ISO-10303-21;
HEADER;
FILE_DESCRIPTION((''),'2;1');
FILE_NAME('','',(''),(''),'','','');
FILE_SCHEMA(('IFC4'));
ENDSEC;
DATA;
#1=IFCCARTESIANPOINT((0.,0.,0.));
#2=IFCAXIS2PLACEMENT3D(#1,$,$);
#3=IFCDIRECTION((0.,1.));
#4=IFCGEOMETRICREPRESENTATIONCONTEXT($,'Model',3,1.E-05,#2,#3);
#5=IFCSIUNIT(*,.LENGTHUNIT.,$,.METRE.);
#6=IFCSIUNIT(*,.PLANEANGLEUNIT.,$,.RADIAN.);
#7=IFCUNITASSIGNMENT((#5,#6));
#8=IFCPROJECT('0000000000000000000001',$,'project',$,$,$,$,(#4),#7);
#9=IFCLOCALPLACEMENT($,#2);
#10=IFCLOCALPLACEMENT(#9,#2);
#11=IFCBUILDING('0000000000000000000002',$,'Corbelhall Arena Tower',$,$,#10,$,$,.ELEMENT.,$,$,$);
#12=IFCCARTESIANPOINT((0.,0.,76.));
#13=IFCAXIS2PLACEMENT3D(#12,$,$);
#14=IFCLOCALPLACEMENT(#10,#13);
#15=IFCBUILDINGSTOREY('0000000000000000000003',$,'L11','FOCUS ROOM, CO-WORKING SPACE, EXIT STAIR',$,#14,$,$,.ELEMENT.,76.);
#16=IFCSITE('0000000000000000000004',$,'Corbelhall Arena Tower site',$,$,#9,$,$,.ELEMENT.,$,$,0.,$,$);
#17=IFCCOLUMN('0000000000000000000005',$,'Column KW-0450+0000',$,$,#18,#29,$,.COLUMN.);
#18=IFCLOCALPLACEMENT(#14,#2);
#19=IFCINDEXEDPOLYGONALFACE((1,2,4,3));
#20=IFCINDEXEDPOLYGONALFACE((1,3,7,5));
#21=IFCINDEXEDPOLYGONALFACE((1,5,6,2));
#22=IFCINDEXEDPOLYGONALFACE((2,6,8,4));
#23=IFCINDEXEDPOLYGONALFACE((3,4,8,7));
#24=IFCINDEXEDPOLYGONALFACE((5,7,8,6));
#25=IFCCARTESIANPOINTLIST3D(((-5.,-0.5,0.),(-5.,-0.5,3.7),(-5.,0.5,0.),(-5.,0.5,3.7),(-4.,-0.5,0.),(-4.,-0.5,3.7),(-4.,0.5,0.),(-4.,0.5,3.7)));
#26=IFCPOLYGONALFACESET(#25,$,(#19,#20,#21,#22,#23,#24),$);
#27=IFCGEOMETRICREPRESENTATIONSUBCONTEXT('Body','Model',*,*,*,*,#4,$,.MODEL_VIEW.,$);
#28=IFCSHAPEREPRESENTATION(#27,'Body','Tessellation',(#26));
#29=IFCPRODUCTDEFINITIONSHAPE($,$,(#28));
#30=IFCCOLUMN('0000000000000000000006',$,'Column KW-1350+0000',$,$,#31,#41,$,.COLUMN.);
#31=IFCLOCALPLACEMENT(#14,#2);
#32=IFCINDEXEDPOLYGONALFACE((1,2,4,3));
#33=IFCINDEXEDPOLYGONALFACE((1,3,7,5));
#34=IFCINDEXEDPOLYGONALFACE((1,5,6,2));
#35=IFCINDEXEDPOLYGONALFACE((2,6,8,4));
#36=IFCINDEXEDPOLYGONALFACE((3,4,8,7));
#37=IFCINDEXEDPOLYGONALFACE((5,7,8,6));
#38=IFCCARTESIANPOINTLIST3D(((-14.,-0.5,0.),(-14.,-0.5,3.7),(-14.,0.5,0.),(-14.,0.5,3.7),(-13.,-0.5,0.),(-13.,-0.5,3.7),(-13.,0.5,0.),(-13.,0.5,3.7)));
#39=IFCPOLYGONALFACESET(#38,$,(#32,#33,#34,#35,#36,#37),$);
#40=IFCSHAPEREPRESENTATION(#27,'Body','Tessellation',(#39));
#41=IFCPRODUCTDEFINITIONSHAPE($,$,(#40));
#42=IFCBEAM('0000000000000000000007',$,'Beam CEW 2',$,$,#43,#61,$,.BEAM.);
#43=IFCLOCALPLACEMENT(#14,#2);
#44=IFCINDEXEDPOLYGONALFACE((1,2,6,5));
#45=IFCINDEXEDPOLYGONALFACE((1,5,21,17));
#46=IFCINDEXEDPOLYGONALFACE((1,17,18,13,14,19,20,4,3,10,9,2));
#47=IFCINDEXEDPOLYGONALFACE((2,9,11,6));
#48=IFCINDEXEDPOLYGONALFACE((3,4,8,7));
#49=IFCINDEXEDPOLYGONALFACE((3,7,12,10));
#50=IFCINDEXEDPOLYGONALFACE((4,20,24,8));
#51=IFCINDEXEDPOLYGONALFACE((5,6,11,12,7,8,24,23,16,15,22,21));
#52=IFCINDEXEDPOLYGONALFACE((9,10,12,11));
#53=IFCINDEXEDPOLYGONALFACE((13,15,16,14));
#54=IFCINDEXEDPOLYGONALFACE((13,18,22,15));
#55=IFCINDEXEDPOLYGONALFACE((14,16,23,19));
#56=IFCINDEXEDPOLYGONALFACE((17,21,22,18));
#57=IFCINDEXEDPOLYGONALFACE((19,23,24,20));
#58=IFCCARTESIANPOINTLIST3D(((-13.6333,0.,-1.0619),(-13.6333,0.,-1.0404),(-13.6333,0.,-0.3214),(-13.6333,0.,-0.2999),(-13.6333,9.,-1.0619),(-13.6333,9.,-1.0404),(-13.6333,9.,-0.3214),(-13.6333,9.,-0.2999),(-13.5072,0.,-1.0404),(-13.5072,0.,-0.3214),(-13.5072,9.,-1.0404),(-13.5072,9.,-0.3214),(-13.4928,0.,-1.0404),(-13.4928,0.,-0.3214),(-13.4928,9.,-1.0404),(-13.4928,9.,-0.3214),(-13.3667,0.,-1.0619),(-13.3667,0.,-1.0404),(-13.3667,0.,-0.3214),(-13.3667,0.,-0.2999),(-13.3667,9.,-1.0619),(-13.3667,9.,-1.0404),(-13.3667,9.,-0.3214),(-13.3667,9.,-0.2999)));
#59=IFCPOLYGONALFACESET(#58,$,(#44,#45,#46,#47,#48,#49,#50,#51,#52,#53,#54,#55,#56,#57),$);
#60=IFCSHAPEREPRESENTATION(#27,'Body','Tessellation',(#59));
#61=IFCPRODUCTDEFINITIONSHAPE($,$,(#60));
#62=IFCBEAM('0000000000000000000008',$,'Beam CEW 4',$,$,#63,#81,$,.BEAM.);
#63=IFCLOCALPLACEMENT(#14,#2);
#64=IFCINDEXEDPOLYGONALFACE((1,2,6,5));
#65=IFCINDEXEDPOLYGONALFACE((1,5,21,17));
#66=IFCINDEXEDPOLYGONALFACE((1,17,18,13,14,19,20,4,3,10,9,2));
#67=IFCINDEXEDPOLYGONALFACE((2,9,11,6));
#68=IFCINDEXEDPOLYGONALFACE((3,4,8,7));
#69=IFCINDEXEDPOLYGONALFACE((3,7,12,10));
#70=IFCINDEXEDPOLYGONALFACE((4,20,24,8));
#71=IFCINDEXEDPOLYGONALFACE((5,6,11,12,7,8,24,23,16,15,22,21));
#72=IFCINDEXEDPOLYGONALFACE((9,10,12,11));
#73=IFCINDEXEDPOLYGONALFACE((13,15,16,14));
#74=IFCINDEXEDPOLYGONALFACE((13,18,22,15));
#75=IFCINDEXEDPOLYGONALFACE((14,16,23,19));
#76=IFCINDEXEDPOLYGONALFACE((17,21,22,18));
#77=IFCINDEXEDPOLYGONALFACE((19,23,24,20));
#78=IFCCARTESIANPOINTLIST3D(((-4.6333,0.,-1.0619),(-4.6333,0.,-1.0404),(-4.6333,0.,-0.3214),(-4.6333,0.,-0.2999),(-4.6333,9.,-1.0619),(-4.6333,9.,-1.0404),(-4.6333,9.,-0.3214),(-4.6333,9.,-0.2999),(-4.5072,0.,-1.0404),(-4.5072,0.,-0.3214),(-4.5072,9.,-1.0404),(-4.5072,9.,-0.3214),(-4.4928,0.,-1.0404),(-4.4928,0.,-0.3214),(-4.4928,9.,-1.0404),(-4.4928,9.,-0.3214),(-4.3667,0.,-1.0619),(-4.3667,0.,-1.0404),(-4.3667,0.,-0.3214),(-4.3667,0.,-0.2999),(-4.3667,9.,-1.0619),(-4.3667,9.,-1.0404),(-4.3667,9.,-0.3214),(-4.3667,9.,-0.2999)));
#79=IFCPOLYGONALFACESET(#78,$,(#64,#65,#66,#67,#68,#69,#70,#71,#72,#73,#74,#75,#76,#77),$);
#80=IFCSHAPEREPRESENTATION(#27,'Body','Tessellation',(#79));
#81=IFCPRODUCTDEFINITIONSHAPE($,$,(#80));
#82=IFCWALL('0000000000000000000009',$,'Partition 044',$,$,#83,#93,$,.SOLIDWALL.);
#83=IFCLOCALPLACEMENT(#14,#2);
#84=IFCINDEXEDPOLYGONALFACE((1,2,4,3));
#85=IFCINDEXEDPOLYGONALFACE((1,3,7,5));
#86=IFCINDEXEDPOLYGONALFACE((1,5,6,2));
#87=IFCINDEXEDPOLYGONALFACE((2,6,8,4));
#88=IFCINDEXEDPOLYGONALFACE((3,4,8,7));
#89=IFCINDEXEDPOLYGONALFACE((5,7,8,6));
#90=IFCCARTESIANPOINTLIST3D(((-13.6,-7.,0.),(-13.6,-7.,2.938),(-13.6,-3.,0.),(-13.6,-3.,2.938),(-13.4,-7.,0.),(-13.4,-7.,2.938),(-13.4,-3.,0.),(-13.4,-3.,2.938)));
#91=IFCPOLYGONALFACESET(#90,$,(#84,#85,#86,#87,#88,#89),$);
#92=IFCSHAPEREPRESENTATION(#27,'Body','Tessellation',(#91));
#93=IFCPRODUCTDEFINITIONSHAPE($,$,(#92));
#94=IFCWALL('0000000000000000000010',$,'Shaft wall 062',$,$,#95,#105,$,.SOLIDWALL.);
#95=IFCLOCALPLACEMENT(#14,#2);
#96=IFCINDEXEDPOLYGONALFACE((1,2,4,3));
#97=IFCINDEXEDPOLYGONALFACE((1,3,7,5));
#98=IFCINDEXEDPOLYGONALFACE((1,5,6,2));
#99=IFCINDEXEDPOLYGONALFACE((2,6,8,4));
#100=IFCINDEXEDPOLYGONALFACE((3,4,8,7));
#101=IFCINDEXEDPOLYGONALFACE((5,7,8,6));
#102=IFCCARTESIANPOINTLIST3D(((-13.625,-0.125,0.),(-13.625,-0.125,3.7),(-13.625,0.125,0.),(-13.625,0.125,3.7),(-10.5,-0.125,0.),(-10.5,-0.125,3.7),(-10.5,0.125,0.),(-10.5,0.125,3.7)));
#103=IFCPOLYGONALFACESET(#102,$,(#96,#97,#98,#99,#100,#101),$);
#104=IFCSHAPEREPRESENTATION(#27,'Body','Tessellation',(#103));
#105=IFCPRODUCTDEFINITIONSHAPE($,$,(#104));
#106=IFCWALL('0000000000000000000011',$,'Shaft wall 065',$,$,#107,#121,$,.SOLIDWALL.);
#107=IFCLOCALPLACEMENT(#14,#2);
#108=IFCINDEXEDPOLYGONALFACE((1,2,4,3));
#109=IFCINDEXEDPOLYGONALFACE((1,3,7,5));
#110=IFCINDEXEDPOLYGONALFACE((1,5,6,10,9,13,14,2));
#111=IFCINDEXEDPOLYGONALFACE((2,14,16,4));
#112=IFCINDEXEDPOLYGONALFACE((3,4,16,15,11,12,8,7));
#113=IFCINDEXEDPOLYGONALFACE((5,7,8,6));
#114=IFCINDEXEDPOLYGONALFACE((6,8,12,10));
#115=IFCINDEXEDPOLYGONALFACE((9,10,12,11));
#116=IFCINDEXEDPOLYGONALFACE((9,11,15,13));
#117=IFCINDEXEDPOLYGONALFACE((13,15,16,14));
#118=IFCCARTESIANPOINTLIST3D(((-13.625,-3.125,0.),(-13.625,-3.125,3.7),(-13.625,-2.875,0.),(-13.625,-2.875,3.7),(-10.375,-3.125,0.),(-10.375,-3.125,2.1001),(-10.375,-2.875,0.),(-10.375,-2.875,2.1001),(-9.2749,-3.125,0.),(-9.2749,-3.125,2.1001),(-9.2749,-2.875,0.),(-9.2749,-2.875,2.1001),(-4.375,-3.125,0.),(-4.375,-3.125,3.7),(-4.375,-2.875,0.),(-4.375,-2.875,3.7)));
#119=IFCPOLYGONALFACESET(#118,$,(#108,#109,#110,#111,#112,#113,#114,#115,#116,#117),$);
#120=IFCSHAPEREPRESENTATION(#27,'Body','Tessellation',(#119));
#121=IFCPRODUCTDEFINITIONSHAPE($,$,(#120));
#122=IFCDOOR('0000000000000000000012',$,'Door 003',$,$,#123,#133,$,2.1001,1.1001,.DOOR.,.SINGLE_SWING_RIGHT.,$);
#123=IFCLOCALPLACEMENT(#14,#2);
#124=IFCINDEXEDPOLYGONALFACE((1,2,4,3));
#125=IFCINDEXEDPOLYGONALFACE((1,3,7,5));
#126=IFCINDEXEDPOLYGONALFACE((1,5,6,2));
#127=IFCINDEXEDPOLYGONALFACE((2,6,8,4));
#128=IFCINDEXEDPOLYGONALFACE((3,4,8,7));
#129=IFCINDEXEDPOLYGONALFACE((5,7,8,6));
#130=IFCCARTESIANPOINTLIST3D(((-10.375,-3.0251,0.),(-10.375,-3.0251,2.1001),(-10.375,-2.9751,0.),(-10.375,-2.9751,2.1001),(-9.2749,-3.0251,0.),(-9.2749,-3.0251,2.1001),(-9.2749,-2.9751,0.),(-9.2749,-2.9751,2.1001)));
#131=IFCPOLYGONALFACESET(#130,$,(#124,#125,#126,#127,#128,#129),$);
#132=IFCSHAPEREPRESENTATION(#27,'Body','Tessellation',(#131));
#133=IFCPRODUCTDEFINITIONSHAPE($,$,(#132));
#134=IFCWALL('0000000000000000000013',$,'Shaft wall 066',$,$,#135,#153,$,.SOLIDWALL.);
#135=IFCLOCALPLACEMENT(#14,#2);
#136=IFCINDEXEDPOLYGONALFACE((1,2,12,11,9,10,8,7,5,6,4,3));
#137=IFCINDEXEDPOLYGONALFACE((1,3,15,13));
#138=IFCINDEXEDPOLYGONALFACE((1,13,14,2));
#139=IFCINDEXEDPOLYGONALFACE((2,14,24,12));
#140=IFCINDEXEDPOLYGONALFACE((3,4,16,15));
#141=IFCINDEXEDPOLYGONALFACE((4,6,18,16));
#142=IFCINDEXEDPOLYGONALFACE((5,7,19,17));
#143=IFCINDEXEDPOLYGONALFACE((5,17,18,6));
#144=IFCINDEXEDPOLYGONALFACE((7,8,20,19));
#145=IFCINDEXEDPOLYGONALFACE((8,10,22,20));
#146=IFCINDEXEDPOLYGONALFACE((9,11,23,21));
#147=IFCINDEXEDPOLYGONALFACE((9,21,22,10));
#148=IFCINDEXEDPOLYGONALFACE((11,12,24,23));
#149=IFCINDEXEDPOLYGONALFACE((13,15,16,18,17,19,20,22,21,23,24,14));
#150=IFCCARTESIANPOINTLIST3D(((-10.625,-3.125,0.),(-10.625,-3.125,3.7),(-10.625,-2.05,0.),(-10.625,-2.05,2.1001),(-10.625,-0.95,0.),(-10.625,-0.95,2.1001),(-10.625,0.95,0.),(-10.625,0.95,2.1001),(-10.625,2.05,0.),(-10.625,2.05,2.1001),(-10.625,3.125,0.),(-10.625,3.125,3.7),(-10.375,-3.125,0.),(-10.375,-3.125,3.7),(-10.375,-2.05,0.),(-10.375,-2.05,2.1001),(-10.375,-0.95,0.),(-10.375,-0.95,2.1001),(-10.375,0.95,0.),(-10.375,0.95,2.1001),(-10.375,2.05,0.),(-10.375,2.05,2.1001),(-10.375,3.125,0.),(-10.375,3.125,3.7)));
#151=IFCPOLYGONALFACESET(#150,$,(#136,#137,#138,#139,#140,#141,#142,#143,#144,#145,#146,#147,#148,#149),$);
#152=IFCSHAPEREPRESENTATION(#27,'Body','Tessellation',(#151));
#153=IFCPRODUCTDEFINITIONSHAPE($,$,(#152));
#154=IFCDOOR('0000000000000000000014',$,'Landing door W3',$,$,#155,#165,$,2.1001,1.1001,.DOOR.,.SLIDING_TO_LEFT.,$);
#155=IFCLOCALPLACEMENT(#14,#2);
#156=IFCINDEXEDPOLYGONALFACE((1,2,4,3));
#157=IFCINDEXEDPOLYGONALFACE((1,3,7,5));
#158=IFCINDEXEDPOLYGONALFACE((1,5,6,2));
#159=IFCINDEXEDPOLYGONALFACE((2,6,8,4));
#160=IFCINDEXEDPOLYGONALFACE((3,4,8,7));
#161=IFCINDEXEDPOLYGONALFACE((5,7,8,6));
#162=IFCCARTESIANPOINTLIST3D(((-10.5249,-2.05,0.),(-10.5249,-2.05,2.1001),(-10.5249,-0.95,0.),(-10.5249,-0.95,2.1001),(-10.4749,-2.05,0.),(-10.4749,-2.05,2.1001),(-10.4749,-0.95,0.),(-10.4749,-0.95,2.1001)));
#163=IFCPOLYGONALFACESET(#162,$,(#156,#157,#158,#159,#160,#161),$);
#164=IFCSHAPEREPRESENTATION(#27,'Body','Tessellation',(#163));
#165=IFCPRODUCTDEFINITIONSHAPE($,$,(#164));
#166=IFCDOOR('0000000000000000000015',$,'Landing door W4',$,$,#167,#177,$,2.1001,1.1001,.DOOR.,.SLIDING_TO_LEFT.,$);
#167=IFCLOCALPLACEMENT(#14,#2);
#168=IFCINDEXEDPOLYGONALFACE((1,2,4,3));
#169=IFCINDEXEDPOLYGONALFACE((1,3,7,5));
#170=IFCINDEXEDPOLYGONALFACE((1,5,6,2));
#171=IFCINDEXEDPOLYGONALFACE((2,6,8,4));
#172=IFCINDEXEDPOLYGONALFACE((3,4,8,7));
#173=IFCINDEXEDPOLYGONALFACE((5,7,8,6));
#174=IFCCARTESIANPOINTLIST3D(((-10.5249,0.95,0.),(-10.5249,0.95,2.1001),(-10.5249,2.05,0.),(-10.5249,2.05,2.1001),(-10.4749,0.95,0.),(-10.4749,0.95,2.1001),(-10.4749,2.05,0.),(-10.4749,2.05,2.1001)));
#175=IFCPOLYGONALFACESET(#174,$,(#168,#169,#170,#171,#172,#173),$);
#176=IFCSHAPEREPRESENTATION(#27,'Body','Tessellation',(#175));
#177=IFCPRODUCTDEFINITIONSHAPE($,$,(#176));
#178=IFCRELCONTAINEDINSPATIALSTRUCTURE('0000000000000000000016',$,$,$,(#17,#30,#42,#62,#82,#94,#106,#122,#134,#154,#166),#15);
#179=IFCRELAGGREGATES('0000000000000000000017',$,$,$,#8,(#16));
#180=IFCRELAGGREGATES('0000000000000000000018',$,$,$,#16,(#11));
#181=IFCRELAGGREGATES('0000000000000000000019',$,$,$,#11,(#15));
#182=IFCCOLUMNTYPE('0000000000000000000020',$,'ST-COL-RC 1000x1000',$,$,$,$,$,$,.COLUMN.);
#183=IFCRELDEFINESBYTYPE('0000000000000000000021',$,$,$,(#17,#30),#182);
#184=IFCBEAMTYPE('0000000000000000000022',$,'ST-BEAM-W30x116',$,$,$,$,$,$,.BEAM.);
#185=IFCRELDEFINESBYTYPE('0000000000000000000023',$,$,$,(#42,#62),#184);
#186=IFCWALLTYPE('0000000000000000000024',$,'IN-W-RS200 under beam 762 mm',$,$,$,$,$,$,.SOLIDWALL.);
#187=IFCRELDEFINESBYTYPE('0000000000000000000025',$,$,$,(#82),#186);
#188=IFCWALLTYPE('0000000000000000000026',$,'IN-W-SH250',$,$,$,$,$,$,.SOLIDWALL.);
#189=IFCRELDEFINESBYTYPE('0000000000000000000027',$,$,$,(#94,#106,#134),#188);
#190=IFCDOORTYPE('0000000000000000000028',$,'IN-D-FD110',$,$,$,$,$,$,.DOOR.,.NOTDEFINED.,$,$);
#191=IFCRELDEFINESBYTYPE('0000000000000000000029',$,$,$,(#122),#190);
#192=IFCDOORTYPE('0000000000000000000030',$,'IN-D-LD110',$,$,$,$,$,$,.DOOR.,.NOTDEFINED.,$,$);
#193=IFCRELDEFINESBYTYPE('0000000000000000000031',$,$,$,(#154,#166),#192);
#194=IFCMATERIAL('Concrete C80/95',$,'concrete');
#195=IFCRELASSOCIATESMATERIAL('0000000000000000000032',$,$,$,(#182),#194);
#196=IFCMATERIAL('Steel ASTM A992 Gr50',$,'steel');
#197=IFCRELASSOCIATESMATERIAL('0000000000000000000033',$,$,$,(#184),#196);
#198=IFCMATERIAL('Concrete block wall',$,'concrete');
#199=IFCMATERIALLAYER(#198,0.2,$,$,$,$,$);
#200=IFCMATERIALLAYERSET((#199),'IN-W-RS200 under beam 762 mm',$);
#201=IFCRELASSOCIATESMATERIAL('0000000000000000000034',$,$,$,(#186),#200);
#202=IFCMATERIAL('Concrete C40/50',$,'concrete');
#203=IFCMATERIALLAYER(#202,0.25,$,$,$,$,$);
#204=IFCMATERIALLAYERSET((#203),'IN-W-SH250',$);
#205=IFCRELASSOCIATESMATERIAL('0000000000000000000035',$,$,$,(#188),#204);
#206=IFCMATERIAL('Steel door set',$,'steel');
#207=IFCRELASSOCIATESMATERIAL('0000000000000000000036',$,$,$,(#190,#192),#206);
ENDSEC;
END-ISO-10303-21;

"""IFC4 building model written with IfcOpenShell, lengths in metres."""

from ifc_helpers import new_model, si_unit, direction, frame, frame_2d, origin, origin_2d, place, context, subcontext, project, spatial, rectangle, i_section, extrude, material, layer, layer_set, material_profile, profile_set, type_object, element, fill, save


model = new_model("IFC4")

# Units and contexts
model_context = context("Model", 3, precision=1e-05, world=origin(), true_north=direction((0.0, 1.0)))
body_context = subcontext(model_context, "Body", "Model", "MODEL_VIEW")
ifc_project = project(units=[si_unit("LENGTHUNIT", "METRE"), si_unit("PLANEANGLEUNIT", "RADIAN")], contexts=[model_context])

# Site, building, storey
site_placement = place(None, origin())
site = spatial("IfcSite", under=ifc_project, at=site_placement, Name="Corbelhall Arena Tower site", CompositionType="ELEMENT", RefElevation=0.0)
building_placement = place(site_placement, origin())
building = spatial("IfcBuilding", under=site, at=building_placement, Name="Corbelhall Arena Tower", CompositionType="ELEMENT")
storey_placement = place(building_placement, frame((0.0, 0.0, 76.0)))
storey = spatial("IfcBuildingStorey", under=building, at=storey_placement, Name="L11", Description="FOCUS ROOM, CO-WORKING SPACE, EXIT STAIR", CompositionType="ELEMENT", Elevation=76.0)

# Columns
ifc_material_1 = material(Name="Concrete C80/95", Category="concrete")
ifc_material_profile_1 = material_profile(ifc_material_1, rectangle(XDim=1.0, YDim=1.0, at=origin_2d()))
ifc_profile_set_1 = profile_set([ifc_material_profile_1], Name="Concrete C80/95")
column_type = type_object("IfcColumnType", Name="ST-COL-RC 1000x1000", PredefinedType="COLUMN", material=ifc_profile_set_1)
for number, where, z_axis, x_axis, name in (
    (1, (-4.5, 0.0, 0.0), (0.0, 0.0, 1.0), (1.0, 0.0, 0.0), "Column KW-0450+0000"),
    (2, (-13.5, 0.0, 0.0), (0.0, 0.0, 1.0), (1.0, 0.0, 0.0), "Column KW-1350+0000"),
):
    element("IfcColumn", number, at=place(storey_placement, frame(where, z_axis=z_axis, x_axis=x_axis)), inside=storey, type_object=column_type, Name=name, PredefinedType="COLUMN", context=body_context, shape_type="SweptSolid", body=[
        extrude(rectangle(XDim=1.0, YDim=1.0, at=origin_2d()), origin(), (0.0, 0.0, 1.0), 3.7),
    ])

# Beams
ifc_material_2 = material(Name="Steel ASTM A992 Gr50", Category="steel")
ifc_material_profile_2 = material_profile(ifc_material_2, i_section(OverallWidth=0.2666, OverallDepth=0.762, WebThickness=0.0144, FlangeThickness=0.0215, at=origin_2d()))
ifc_profile_set_2 = profile_set([ifc_material_profile_2], Name="Steel ASTM A992 Gr50")
beam_type = type_object("IfcBeamType", Name="ST-BEAM-W30x116", PredefinedType="BEAM", material=ifc_profile_set_2)
for number, where, z_axis, x_axis, name in (
    (3, (-13.5, 0.0, -0.6809), (0.0, 1.0, 0.0), (-1.0, 0.0, 0.0), "Beam CEW 2"),
    (4, (-4.5, 0.0, -0.6809), (0.0, 1.0, 0.0), (-1.0, 0.0, 0.0), "Beam CEW 4"),
):
    element("IfcBeam", number, at=place(storey_placement, frame(where, z_axis=z_axis, x_axis=x_axis)), inside=storey, type_object=beam_type, Name=name, PredefinedType="BEAM", context=body_context, shape_type="SweptSolid", body=[
        extrude(i_section(OverallWidth=0.2666, OverallDepth=0.762, WebThickness=0.0144, FlangeThickness=0.0215, at=origin_2d()), origin(), (0.0, 0.0, 1.0), 9.0),
    ])

# Walls
ifc_material_3 = material(Name="Concrete block wall", Category="concrete")
ifc_layer_1 = layer(ifc_material_3, 0.2)
ifc_layer_set_1 = layer_set([ifc_layer_1], Name="IN-W-RS200 under beam 762 mm")
wall_type_1 = type_object("IfcWallType", Name="IN-W-RS200 under beam 762 mm", PredefinedType="SOLIDWALL", material=ifc_layer_set_1)
wall_1_placement = place(storey_placement, frame((-13.5, -7.0, 0.0), z_axis=(0.0, 0.0, 1.0), x_axis=(0.0, 1.0, 0.0)))
element("IfcWall", 5, at=wall_1_placement, inside=storey, type_object=wall_type_1, Name="Partition 044", PredefinedType="SOLIDWALL", context=body_context, shape_type="SweptSolid", body=[
    extrude(rectangle(XDim=4.0, YDim=0.2, at=frame_2d((2.0, 0.0))), origin(), (0.0, 0.0, 1.0), 2.938),
])
ifc_material_4 = material(Name="Concrete C40/50", Category="concrete")
ifc_layer_2 = layer(ifc_material_4, 0.25)
ifc_layer_set_2 = layer_set([ifc_layer_2], Name="IN-W-SH250")
wall_type_2 = type_object("IfcWallType", Name="IN-W-SH250", PredefinedType="SOLIDWALL", material=ifc_layer_set_2)
wall_2_placement = place(storey_placement, frame((-13.625, 0.0, 0.0), z_axis=(0.0, 0.0, 1.0), x_axis=(1.0, 0.0, 0.0)))
element("IfcWall", 6, at=wall_2_placement, inside=storey, type_object=wall_type_2, Name="Shaft wall 062", PredefinedType="SOLIDWALL", context=body_context, shape_type="SweptSolid", body=[
    extrude(rectangle(XDim=3.125, YDim=0.25, at=frame_2d((1.5625, 0.0))), origin(), (0.0, 0.0, 1.0), 3.7),
])

# Wall, opening, door
wall_3_placement = place(storey_placement, frame((-13.625, -3.0, 0.0), z_axis=(0.0, 0.0, 1.0), x_axis=(1.0, 0.0, 0.0)))
wall_3 = element("IfcWall", 7, at=wall_3_placement, inside=storey, type_object=wall_type_2, Name="Shaft wall 065", PredefinedType="SOLIDWALL", context=body_context, shape_type="SweptSolid", body=[
    extrude(rectangle(XDim=9.25, YDim=0.25, at=frame_2d((4.625, 0.0))), origin(), (0.0, 0.0, 1.0), 3.7),
])
opening_1_placement = place(wall_3_placement, frame((3.25, 0.0, 0.0)))
opening_1 = element("IfcOpeningElement", 8, at=opening_1_placement, cuts=wall_3, PredefinedType="OPENING", context=body_context, shape_type="SweptSolid", body=[
    extrude(rectangle(XDim=1.1001, YDim=2.1001, at=frame_2d((0.55, 1.05))), frame((0.0, 0.125, 0.0), z_axis=(0.0, -1.0, 0.0), x_axis=(1.0, 0.0, 0.0)), (0.0, 0.0, 1.0), 0.25),
])
ifc_material_5 = material(Name="Steel door set", Category="steel")
door_type_1 = type_object("IfcDoorType", Name="IN-D-FD110", OperationType="NOTDEFINED", PredefinedType="DOOR", material=ifc_material_5)
door_1_placement = place(opening_1_placement, origin())
door_1 = element("IfcDoor", 9, at=door_1_placement, inside=storey, type_object=door_type_1, Name="Door 003", OperationType="SINGLE_SWING_RIGHT", OverallHeight=2.1001, OverallWidth=1.1001, PredefinedType="DOOR", context=body_context, shape_type="SweptSolid", body=[
    extrude(rectangle(XDim=1.1001, YDim=2.1001, at=frame_2d((0.55, 1.05))), frame((0.0, 0.0249, 0.0), z_axis=(0.0, -1.0, 0.0), x_axis=(1.0, 0.0, 0.0)), (0.0, 0.0, 1.0), 0.05),
])
fill(opening_1, door_1)

# Wall, openings, doors
wall_4_placement = place(storey_placement, frame((-10.5, -3.125, 0.0), z_axis=(0.0, 0.0, 1.0), x_axis=(0.0, 1.0, 0.0)))
wall_4 = element("IfcWall", 10, at=wall_4_placement, inside=storey, type_object=wall_type_2, Name="Shaft wall 066", PredefinedType="SOLIDWALL", context=body_context, shape_type="SweptSolid", body=[
    extrude(rectangle(XDim=6.25, YDim=0.25, at=frame_2d((3.125, 0.0))), origin(), (0.0, 0.0, 1.0), 3.7),
])
opening_2_placement = place(wall_4_placement, frame((1.075, 0.0, 0.0)))
opening_2 = element("IfcOpeningElement", 11, at=opening_2_placement, cuts=wall_4, PredefinedType="OPENING", context=body_context, shape_type="SweptSolid", body=[
    extrude(rectangle(XDim=1.1001, YDim=2.1001, at=frame_2d((0.55, 1.05))), frame((0.0, 0.125, 0.0), z_axis=(0.0, -1.0, 0.0), x_axis=(1.0, 0.0, 0.0)), (0.0, 0.0, 1.0), 0.25),
])
opening_3_placement = place(wall_4_placement, frame((4.075, 0.0, 0.0)))
opening_3 = element("IfcOpeningElement", 12, at=opening_3_placement, cuts=wall_4, PredefinedType="OPENING", context=body_context, shape_type="SweptSolid", body=[
    extrude(rectangle(XDim=1.1001, YDim=2.1001, at=frame_2d((0.55, 1.05))), frame((0.0, 0.125, 0.0), z_axis=(0.0, -1.0, 0.0), x_axis=(1.0, 0.0, 0.0)), (0.0, 0.0, 1.0), 0.25),
])
door_type_2 = type_object("IfcDoorType", Name="IN-D-LD110", OperationType="NOTDEFINED", PredefinedType="DOOR", material=ifc_material_5)
door_2_placement = place(opening_2_placement, origin())
door_2 = element("IfcDoor", 13, at=door_2_placement, inside=storey, type_object=door_type_2, Name="Landing door W3", OperationType="SLIDING_TO_LEFT", OverallHeight=2.1001, OverallWidth=1.1001, PredefinedType="DOOR", context=body_context, shape_type="SweptSolid", body=[
    extrude(rectangle(XDim=1.1001, YDim=2.1001, at=frame_2d((0.55, 1.05))), frame((0.0, 0.0249, 0.0), z_axis=(0.0, -1.0, 0.0), x_axis=(1.0, 0.0, 0.0)), (0.0, 0.0, 1.0), 0.05),
])
fill(opening_2, door_2)
door_3_placement = place(opening_3_placement, origin())
door_3 = element("IfcDoor", 14, at=door_3_placement, inside=storey, type_object=door_type_2, Name="Landing door W4", OperationType="SLIDING_TO_LEFT", OverallHeight=2.1001, OverallWidth=1.1001, PredefinedType="DOOR", context=body_context, shape_type="SweptSolid", body=[
    extrude(rectangle(XDim=1.1001, YDim=2.1001, at=frame_2d((0.55, 1.05))), frame((0.0, 0.0249, 0.0), z_axis=(0.0, -1.0, 0.0), x_axis=(1.0, 0.0, 0.0)), (0.0, 0.0, 1.0), 0.05),
])
fill(opening_3, door_3)

save(model, "model.ifc")
